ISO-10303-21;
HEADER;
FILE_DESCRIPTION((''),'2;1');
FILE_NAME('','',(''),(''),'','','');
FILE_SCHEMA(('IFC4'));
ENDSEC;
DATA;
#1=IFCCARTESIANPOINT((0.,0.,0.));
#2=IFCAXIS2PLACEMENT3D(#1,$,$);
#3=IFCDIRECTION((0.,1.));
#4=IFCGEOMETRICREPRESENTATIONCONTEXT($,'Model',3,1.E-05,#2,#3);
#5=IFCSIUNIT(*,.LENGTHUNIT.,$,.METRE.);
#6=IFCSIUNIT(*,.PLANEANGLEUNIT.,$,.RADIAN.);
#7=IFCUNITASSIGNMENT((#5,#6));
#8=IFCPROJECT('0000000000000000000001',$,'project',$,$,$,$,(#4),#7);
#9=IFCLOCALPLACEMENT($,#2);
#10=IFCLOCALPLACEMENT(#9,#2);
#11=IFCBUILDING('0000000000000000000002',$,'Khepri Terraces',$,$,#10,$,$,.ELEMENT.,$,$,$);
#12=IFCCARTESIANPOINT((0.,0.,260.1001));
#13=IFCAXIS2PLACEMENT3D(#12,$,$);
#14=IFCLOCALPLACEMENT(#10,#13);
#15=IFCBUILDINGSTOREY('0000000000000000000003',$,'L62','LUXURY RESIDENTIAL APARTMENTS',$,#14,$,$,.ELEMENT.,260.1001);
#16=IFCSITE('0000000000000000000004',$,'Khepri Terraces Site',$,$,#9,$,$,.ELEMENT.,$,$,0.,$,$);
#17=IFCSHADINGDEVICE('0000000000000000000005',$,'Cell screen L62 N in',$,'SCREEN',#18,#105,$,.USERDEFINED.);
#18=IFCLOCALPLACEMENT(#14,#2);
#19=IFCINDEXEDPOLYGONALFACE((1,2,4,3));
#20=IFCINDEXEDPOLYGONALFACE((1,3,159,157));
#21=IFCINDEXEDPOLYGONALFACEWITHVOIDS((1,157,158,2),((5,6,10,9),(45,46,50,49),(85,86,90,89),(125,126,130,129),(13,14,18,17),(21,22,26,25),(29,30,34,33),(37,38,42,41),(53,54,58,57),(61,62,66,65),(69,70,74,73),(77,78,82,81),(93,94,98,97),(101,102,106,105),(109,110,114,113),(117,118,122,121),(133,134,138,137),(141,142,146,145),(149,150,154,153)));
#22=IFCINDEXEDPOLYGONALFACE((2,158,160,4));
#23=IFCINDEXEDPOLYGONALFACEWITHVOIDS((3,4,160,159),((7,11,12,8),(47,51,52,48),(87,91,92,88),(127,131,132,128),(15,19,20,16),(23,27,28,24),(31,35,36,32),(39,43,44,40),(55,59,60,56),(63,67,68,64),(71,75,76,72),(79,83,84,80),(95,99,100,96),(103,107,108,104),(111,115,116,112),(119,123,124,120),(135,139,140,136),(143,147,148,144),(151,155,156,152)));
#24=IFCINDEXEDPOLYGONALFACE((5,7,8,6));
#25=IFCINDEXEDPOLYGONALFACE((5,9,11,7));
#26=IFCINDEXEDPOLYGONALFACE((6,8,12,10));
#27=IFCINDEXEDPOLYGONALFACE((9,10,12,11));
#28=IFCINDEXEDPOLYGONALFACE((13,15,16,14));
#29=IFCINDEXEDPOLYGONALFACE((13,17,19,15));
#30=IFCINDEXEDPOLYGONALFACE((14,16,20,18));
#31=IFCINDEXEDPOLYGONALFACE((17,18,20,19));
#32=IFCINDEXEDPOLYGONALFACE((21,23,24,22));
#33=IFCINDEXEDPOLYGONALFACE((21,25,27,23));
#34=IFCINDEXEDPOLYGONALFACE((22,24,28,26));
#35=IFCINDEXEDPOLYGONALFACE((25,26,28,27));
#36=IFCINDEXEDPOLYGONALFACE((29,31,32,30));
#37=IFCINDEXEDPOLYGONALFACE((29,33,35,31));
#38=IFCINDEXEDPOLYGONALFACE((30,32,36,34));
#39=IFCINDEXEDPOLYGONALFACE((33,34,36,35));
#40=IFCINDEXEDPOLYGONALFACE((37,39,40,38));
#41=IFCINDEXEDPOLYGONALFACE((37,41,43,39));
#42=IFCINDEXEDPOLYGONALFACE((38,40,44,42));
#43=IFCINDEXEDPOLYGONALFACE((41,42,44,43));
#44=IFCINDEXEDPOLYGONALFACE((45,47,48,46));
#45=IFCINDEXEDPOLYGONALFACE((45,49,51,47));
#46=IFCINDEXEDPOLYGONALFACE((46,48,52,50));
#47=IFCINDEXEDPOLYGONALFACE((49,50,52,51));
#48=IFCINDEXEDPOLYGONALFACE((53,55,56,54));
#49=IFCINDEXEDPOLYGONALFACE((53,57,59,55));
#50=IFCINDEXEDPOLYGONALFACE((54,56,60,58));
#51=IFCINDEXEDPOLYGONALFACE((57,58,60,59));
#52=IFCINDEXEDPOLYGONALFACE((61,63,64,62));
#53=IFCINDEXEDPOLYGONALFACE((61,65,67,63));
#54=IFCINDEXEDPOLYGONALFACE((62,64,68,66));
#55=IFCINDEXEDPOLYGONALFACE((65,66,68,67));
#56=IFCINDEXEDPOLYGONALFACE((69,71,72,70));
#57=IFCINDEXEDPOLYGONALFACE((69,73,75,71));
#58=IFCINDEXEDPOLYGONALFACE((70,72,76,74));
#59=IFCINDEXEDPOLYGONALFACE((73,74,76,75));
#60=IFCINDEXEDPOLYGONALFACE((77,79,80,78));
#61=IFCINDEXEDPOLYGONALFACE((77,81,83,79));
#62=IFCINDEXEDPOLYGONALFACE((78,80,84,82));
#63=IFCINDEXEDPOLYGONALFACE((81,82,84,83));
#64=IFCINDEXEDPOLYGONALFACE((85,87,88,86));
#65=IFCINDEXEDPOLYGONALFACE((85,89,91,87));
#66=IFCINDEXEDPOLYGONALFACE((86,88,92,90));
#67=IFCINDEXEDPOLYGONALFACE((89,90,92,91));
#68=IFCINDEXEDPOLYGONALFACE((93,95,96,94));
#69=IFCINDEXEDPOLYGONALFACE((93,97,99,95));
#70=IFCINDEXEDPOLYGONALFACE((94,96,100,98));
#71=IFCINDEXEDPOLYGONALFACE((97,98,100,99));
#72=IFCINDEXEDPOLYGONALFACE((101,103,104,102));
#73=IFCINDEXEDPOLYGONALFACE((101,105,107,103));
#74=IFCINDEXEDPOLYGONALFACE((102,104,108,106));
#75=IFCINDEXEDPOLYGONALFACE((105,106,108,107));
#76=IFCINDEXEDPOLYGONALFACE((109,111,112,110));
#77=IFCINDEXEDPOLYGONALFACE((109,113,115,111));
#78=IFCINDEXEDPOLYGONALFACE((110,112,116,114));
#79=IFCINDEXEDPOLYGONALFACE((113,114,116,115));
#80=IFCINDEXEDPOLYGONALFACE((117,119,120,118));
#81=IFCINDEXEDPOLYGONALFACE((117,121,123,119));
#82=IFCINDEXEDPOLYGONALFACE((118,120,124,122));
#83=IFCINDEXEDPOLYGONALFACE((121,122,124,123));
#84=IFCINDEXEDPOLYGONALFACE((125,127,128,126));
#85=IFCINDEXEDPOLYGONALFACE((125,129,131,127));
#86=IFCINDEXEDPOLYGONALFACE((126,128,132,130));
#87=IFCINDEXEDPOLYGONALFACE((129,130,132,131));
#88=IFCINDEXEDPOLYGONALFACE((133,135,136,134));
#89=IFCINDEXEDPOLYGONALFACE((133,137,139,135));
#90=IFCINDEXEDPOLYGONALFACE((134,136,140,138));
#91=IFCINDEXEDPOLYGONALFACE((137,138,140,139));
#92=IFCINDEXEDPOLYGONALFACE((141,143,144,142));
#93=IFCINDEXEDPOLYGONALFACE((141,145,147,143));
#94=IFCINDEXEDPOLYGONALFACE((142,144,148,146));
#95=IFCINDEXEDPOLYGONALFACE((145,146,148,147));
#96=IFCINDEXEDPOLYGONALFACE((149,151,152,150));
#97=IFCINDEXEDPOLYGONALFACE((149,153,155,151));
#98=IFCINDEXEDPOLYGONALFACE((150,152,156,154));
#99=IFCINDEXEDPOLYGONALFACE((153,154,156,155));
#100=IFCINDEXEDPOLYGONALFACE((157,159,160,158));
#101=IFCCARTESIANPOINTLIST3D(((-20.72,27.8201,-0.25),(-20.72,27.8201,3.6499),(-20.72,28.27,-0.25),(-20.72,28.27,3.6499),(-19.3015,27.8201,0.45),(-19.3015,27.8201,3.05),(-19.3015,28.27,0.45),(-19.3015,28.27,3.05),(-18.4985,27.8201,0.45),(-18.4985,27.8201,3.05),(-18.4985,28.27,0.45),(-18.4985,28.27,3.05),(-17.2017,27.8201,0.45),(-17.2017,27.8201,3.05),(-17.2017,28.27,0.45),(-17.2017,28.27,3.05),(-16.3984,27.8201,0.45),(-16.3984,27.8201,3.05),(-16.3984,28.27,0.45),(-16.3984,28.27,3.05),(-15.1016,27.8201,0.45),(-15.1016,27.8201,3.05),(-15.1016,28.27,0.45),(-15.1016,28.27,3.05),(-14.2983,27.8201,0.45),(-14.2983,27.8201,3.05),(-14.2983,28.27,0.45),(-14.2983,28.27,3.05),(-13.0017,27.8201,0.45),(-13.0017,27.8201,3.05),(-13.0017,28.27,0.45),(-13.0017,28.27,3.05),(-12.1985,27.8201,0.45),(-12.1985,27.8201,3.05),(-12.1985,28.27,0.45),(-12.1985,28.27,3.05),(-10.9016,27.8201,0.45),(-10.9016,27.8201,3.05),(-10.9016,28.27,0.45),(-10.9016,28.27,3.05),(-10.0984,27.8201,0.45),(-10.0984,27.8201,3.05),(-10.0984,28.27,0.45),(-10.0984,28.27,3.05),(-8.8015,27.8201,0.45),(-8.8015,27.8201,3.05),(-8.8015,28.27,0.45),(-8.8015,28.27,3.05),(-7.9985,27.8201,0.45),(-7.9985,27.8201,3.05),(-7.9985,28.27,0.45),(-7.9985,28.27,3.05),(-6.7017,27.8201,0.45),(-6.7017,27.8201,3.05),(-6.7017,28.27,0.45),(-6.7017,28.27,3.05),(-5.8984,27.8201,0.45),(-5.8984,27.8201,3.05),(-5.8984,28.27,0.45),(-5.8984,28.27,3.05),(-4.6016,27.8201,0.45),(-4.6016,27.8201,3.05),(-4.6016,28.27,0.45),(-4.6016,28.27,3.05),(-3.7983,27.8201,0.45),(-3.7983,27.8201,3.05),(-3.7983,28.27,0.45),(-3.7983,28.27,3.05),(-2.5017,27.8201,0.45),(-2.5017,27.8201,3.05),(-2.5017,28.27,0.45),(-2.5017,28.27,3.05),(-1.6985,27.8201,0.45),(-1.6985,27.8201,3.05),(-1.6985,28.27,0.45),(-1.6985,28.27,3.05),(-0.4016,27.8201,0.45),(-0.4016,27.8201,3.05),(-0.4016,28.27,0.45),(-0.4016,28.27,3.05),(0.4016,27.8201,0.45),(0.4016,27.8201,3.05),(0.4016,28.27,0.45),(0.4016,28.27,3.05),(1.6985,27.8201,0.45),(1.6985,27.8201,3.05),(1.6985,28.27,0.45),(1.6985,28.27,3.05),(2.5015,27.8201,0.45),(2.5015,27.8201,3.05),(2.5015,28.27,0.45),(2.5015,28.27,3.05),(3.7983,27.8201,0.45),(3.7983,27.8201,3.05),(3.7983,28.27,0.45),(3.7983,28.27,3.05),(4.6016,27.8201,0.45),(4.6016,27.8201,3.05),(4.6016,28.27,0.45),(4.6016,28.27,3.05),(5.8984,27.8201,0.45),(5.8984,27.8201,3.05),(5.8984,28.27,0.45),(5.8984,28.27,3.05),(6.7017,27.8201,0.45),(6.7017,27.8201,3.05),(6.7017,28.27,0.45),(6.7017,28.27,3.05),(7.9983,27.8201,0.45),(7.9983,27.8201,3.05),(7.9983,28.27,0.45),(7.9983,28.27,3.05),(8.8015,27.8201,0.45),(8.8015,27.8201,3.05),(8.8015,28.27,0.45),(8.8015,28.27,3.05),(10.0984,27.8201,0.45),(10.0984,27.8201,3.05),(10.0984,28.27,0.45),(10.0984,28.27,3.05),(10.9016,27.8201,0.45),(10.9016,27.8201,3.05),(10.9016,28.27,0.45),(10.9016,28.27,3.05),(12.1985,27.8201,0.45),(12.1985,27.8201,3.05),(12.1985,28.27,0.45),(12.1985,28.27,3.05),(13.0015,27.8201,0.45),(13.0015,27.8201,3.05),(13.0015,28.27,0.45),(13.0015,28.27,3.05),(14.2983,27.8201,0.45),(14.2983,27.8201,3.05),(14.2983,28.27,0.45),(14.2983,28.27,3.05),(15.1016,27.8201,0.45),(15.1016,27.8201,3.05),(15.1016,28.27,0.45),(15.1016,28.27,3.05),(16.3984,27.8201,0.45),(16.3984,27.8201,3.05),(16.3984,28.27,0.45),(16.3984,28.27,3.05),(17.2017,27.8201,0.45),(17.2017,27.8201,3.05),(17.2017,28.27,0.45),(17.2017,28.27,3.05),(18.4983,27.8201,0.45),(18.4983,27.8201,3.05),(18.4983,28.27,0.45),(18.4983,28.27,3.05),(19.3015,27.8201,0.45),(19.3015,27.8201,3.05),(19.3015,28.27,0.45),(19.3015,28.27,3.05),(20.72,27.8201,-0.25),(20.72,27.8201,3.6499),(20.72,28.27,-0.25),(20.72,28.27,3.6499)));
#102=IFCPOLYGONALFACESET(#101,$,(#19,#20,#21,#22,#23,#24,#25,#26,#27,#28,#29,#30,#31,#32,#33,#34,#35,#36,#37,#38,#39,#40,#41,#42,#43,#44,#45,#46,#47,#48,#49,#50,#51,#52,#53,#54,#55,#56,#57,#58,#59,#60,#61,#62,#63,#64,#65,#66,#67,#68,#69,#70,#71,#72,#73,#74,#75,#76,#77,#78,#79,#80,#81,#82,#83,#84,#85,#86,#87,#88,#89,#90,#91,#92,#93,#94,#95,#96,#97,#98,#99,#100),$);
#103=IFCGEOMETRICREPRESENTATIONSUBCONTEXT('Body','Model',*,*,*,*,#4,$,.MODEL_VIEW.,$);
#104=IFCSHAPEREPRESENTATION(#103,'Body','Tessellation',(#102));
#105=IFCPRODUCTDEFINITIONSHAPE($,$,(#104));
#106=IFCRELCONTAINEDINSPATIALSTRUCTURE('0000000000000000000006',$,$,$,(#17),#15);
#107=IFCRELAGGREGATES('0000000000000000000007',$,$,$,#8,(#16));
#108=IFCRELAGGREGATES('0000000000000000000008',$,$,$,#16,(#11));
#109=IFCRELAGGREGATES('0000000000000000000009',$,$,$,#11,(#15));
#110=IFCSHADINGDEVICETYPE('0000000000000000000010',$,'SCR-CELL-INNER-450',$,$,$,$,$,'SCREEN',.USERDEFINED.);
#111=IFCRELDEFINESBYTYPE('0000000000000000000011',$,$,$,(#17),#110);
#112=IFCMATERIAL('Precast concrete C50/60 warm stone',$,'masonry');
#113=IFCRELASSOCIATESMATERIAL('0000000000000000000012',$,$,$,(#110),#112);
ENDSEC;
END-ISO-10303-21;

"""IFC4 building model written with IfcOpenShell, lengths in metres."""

from ifc_helpers import new_model, si_unit, direction, frame, origin, place, context, subcontext, project, spatial, polyline, outline, extrude, material, type_object, element, save


model = new_model("IFC4")

# Units and contexts
model_context = context("Model", 3, precision=1e-05, world=origin(), true_north=direction((0.0, 1.0)))
body_context = subcontext(model_context, "Body", "Model", "MODEL_VIEW")
ifc_project = project(units=[si_unit("LENGTHUNIT", "METRE"), si_unit("PLANEANGLEUNIT", "RADIAN")], contexts=[model_context])

# Site, building, storey
site_placement = place(None, origin())
site = spatial("IfcSite", under=ifc_project, at=site_placement, Name="Khepri Terraces Site", CompositionType="ELEMENT", RefElevation=0.0)
building_placement = place(site_placement, origin())
building = spatial("IfcBuilding", under=site, at=building_placement, Name="Khepri Terraces", CompositionType="ELEMENT")
storey_placement = place(building_placement, frame((0.0, 0.0, 260.1001)))
storey = spatial("IfcBuildingStorey", under=building, at=storey_placement, Name="L62", Description="LUXURY RESIDENTIAL APARTMENTS", CompositionType="ELEMENT", Elevation=260.1001)

# Shared definitions
ifc_material_1 = material(Name="Precast concrete C50/60 warm stone", Category="masonry")

# Shading device
shading_device_type_1 = type_object("IfcShadingDeviceType", Name="SCR-CELL-INNER-450", ElementType="SCREEN", PredefinedType="USERDEFINED", material=ifc_material_1)
shading_device_1_placement = place(storey_placement, frame((20.72, 27.8201, -0.25), z_axis=(0.0, 1.0, 0.0), x_axis=(-1.0, 0.0, 0.0)))
element("IfcShadingDevice", 1, at=shading_device_1_placement, inside=storey, type_object=shading_device_type_1, Name="Cell screen L62 N in", ObjectType="SCREEN", PredefinedType="USERDEFINED", context=body_context, shape_type="SweptSolid", body=[
    extrude(outline(polyline([(0.0, 0.0), (41.4399, 0.0), (41.4399, 3.8999), (0.0, 3.8999), (0.0, 0.0)]), holes=[polyline([(1.4185, 0.7), (2.2217, 0.7), (2.2217, 3.3), (1.4185, 3.3), (1.4185, 0.7)]), polyline([(3.5183, 0.7), (4.3215, 0.7), (4.3215, 3.3), (3.5183, 3.3), (3.5183, 0.7)]), polyline([(5.6184, 0.7), (6.4216, 0.7), (6.4216, 3.3), (5.6184, 3.3), (5.6184, 0.7)]), polyline([(7.7185, 0.7), (8.5215, 0.7), (8.5215, 3.3), (7.7185, 3.3), (7.7185, 0.7)]), polyline([(9.8184, 0.7), (10.6216, 0.7), (10.6216, 3.3), (9.8184, 3.3), (9.8184, 0.7)]), polyline([(11.9185, 0.7), (12.7217, 0.7), (12.7217, 3.3), (11.9185, 3.3), (11.9185, 0.7)]), polyline([(14.0183, 0.7), (14.8215, 0.7), (14.8215, 3.3), (14.0183, 3.3), (14.0183, 0.7)]), polyline([(16.1184, 0.7), (16.9216, 0.7), (16.9216, 3.3), (16.1184, 3.3), (16.1184, 0.7)]), polyline([(18.2185, 0.7), (19.0215, 0.7), (19.0215, 3.3), (18.2185, 3.3), (18.2185, 0.7)]), polyline([(20.3184, 0.7), (21.1216, 0.7), (21.1216, 3.3), (20.3184, 3.3), (20.3184, 0.7)]), polyline([(22.4185, 0.7), (23.2217, 0.7), (23.2217, 3.3), (22.4185, 3.3), (22.4185, 0.7)]), polyline([(24.5183, 0.7), (25.3215, 0.7), (25.3215, 3.3), (24.5183, 3.3), (24.5183, 0.7)]), polyline([(26.6184, 0.7), (27.4216, 0.7), (27.4216, 3.3), (26.6184, 3.3), (26.6184, 0.7)]), polyline([(28.7185, 0.7), (29.5215, 0.7), (29.5215, 3.3), (28.7185, 3.3), (28.7185, 0.7)]), polyline([(30.8184, 0.7), (31.6216, 0.7), (31.6216, 3.3), (30.8184, 3.3), (30.8184, 0.7)]), polyline([(32.9185, 0.7), (33.7217, 0.7), (33.7217, 3.3), (32.9185, 3.3), (32.9185, 0.7)]), polyline([(35.0183, 0.7), (35.8215, 0.7), (35.8215, 3.3), (35.0183, 3.3), (35.0183, 0.7)]), polyline([(37.1184, 0.7), (37.9216, 0.7), (37.9216, 3.3), (37.1184, 3.3), (37.1184, 0.7)]), polyline([(39.2185, 0.7), (40.0215, 0.7), (40.0215, 3.3), (39.2185, 3.3), (39.2185, 0.7)])]), origin(), (0.0, 0.0, 1.0), 0.45),
])

save(model, "model.ifc")
